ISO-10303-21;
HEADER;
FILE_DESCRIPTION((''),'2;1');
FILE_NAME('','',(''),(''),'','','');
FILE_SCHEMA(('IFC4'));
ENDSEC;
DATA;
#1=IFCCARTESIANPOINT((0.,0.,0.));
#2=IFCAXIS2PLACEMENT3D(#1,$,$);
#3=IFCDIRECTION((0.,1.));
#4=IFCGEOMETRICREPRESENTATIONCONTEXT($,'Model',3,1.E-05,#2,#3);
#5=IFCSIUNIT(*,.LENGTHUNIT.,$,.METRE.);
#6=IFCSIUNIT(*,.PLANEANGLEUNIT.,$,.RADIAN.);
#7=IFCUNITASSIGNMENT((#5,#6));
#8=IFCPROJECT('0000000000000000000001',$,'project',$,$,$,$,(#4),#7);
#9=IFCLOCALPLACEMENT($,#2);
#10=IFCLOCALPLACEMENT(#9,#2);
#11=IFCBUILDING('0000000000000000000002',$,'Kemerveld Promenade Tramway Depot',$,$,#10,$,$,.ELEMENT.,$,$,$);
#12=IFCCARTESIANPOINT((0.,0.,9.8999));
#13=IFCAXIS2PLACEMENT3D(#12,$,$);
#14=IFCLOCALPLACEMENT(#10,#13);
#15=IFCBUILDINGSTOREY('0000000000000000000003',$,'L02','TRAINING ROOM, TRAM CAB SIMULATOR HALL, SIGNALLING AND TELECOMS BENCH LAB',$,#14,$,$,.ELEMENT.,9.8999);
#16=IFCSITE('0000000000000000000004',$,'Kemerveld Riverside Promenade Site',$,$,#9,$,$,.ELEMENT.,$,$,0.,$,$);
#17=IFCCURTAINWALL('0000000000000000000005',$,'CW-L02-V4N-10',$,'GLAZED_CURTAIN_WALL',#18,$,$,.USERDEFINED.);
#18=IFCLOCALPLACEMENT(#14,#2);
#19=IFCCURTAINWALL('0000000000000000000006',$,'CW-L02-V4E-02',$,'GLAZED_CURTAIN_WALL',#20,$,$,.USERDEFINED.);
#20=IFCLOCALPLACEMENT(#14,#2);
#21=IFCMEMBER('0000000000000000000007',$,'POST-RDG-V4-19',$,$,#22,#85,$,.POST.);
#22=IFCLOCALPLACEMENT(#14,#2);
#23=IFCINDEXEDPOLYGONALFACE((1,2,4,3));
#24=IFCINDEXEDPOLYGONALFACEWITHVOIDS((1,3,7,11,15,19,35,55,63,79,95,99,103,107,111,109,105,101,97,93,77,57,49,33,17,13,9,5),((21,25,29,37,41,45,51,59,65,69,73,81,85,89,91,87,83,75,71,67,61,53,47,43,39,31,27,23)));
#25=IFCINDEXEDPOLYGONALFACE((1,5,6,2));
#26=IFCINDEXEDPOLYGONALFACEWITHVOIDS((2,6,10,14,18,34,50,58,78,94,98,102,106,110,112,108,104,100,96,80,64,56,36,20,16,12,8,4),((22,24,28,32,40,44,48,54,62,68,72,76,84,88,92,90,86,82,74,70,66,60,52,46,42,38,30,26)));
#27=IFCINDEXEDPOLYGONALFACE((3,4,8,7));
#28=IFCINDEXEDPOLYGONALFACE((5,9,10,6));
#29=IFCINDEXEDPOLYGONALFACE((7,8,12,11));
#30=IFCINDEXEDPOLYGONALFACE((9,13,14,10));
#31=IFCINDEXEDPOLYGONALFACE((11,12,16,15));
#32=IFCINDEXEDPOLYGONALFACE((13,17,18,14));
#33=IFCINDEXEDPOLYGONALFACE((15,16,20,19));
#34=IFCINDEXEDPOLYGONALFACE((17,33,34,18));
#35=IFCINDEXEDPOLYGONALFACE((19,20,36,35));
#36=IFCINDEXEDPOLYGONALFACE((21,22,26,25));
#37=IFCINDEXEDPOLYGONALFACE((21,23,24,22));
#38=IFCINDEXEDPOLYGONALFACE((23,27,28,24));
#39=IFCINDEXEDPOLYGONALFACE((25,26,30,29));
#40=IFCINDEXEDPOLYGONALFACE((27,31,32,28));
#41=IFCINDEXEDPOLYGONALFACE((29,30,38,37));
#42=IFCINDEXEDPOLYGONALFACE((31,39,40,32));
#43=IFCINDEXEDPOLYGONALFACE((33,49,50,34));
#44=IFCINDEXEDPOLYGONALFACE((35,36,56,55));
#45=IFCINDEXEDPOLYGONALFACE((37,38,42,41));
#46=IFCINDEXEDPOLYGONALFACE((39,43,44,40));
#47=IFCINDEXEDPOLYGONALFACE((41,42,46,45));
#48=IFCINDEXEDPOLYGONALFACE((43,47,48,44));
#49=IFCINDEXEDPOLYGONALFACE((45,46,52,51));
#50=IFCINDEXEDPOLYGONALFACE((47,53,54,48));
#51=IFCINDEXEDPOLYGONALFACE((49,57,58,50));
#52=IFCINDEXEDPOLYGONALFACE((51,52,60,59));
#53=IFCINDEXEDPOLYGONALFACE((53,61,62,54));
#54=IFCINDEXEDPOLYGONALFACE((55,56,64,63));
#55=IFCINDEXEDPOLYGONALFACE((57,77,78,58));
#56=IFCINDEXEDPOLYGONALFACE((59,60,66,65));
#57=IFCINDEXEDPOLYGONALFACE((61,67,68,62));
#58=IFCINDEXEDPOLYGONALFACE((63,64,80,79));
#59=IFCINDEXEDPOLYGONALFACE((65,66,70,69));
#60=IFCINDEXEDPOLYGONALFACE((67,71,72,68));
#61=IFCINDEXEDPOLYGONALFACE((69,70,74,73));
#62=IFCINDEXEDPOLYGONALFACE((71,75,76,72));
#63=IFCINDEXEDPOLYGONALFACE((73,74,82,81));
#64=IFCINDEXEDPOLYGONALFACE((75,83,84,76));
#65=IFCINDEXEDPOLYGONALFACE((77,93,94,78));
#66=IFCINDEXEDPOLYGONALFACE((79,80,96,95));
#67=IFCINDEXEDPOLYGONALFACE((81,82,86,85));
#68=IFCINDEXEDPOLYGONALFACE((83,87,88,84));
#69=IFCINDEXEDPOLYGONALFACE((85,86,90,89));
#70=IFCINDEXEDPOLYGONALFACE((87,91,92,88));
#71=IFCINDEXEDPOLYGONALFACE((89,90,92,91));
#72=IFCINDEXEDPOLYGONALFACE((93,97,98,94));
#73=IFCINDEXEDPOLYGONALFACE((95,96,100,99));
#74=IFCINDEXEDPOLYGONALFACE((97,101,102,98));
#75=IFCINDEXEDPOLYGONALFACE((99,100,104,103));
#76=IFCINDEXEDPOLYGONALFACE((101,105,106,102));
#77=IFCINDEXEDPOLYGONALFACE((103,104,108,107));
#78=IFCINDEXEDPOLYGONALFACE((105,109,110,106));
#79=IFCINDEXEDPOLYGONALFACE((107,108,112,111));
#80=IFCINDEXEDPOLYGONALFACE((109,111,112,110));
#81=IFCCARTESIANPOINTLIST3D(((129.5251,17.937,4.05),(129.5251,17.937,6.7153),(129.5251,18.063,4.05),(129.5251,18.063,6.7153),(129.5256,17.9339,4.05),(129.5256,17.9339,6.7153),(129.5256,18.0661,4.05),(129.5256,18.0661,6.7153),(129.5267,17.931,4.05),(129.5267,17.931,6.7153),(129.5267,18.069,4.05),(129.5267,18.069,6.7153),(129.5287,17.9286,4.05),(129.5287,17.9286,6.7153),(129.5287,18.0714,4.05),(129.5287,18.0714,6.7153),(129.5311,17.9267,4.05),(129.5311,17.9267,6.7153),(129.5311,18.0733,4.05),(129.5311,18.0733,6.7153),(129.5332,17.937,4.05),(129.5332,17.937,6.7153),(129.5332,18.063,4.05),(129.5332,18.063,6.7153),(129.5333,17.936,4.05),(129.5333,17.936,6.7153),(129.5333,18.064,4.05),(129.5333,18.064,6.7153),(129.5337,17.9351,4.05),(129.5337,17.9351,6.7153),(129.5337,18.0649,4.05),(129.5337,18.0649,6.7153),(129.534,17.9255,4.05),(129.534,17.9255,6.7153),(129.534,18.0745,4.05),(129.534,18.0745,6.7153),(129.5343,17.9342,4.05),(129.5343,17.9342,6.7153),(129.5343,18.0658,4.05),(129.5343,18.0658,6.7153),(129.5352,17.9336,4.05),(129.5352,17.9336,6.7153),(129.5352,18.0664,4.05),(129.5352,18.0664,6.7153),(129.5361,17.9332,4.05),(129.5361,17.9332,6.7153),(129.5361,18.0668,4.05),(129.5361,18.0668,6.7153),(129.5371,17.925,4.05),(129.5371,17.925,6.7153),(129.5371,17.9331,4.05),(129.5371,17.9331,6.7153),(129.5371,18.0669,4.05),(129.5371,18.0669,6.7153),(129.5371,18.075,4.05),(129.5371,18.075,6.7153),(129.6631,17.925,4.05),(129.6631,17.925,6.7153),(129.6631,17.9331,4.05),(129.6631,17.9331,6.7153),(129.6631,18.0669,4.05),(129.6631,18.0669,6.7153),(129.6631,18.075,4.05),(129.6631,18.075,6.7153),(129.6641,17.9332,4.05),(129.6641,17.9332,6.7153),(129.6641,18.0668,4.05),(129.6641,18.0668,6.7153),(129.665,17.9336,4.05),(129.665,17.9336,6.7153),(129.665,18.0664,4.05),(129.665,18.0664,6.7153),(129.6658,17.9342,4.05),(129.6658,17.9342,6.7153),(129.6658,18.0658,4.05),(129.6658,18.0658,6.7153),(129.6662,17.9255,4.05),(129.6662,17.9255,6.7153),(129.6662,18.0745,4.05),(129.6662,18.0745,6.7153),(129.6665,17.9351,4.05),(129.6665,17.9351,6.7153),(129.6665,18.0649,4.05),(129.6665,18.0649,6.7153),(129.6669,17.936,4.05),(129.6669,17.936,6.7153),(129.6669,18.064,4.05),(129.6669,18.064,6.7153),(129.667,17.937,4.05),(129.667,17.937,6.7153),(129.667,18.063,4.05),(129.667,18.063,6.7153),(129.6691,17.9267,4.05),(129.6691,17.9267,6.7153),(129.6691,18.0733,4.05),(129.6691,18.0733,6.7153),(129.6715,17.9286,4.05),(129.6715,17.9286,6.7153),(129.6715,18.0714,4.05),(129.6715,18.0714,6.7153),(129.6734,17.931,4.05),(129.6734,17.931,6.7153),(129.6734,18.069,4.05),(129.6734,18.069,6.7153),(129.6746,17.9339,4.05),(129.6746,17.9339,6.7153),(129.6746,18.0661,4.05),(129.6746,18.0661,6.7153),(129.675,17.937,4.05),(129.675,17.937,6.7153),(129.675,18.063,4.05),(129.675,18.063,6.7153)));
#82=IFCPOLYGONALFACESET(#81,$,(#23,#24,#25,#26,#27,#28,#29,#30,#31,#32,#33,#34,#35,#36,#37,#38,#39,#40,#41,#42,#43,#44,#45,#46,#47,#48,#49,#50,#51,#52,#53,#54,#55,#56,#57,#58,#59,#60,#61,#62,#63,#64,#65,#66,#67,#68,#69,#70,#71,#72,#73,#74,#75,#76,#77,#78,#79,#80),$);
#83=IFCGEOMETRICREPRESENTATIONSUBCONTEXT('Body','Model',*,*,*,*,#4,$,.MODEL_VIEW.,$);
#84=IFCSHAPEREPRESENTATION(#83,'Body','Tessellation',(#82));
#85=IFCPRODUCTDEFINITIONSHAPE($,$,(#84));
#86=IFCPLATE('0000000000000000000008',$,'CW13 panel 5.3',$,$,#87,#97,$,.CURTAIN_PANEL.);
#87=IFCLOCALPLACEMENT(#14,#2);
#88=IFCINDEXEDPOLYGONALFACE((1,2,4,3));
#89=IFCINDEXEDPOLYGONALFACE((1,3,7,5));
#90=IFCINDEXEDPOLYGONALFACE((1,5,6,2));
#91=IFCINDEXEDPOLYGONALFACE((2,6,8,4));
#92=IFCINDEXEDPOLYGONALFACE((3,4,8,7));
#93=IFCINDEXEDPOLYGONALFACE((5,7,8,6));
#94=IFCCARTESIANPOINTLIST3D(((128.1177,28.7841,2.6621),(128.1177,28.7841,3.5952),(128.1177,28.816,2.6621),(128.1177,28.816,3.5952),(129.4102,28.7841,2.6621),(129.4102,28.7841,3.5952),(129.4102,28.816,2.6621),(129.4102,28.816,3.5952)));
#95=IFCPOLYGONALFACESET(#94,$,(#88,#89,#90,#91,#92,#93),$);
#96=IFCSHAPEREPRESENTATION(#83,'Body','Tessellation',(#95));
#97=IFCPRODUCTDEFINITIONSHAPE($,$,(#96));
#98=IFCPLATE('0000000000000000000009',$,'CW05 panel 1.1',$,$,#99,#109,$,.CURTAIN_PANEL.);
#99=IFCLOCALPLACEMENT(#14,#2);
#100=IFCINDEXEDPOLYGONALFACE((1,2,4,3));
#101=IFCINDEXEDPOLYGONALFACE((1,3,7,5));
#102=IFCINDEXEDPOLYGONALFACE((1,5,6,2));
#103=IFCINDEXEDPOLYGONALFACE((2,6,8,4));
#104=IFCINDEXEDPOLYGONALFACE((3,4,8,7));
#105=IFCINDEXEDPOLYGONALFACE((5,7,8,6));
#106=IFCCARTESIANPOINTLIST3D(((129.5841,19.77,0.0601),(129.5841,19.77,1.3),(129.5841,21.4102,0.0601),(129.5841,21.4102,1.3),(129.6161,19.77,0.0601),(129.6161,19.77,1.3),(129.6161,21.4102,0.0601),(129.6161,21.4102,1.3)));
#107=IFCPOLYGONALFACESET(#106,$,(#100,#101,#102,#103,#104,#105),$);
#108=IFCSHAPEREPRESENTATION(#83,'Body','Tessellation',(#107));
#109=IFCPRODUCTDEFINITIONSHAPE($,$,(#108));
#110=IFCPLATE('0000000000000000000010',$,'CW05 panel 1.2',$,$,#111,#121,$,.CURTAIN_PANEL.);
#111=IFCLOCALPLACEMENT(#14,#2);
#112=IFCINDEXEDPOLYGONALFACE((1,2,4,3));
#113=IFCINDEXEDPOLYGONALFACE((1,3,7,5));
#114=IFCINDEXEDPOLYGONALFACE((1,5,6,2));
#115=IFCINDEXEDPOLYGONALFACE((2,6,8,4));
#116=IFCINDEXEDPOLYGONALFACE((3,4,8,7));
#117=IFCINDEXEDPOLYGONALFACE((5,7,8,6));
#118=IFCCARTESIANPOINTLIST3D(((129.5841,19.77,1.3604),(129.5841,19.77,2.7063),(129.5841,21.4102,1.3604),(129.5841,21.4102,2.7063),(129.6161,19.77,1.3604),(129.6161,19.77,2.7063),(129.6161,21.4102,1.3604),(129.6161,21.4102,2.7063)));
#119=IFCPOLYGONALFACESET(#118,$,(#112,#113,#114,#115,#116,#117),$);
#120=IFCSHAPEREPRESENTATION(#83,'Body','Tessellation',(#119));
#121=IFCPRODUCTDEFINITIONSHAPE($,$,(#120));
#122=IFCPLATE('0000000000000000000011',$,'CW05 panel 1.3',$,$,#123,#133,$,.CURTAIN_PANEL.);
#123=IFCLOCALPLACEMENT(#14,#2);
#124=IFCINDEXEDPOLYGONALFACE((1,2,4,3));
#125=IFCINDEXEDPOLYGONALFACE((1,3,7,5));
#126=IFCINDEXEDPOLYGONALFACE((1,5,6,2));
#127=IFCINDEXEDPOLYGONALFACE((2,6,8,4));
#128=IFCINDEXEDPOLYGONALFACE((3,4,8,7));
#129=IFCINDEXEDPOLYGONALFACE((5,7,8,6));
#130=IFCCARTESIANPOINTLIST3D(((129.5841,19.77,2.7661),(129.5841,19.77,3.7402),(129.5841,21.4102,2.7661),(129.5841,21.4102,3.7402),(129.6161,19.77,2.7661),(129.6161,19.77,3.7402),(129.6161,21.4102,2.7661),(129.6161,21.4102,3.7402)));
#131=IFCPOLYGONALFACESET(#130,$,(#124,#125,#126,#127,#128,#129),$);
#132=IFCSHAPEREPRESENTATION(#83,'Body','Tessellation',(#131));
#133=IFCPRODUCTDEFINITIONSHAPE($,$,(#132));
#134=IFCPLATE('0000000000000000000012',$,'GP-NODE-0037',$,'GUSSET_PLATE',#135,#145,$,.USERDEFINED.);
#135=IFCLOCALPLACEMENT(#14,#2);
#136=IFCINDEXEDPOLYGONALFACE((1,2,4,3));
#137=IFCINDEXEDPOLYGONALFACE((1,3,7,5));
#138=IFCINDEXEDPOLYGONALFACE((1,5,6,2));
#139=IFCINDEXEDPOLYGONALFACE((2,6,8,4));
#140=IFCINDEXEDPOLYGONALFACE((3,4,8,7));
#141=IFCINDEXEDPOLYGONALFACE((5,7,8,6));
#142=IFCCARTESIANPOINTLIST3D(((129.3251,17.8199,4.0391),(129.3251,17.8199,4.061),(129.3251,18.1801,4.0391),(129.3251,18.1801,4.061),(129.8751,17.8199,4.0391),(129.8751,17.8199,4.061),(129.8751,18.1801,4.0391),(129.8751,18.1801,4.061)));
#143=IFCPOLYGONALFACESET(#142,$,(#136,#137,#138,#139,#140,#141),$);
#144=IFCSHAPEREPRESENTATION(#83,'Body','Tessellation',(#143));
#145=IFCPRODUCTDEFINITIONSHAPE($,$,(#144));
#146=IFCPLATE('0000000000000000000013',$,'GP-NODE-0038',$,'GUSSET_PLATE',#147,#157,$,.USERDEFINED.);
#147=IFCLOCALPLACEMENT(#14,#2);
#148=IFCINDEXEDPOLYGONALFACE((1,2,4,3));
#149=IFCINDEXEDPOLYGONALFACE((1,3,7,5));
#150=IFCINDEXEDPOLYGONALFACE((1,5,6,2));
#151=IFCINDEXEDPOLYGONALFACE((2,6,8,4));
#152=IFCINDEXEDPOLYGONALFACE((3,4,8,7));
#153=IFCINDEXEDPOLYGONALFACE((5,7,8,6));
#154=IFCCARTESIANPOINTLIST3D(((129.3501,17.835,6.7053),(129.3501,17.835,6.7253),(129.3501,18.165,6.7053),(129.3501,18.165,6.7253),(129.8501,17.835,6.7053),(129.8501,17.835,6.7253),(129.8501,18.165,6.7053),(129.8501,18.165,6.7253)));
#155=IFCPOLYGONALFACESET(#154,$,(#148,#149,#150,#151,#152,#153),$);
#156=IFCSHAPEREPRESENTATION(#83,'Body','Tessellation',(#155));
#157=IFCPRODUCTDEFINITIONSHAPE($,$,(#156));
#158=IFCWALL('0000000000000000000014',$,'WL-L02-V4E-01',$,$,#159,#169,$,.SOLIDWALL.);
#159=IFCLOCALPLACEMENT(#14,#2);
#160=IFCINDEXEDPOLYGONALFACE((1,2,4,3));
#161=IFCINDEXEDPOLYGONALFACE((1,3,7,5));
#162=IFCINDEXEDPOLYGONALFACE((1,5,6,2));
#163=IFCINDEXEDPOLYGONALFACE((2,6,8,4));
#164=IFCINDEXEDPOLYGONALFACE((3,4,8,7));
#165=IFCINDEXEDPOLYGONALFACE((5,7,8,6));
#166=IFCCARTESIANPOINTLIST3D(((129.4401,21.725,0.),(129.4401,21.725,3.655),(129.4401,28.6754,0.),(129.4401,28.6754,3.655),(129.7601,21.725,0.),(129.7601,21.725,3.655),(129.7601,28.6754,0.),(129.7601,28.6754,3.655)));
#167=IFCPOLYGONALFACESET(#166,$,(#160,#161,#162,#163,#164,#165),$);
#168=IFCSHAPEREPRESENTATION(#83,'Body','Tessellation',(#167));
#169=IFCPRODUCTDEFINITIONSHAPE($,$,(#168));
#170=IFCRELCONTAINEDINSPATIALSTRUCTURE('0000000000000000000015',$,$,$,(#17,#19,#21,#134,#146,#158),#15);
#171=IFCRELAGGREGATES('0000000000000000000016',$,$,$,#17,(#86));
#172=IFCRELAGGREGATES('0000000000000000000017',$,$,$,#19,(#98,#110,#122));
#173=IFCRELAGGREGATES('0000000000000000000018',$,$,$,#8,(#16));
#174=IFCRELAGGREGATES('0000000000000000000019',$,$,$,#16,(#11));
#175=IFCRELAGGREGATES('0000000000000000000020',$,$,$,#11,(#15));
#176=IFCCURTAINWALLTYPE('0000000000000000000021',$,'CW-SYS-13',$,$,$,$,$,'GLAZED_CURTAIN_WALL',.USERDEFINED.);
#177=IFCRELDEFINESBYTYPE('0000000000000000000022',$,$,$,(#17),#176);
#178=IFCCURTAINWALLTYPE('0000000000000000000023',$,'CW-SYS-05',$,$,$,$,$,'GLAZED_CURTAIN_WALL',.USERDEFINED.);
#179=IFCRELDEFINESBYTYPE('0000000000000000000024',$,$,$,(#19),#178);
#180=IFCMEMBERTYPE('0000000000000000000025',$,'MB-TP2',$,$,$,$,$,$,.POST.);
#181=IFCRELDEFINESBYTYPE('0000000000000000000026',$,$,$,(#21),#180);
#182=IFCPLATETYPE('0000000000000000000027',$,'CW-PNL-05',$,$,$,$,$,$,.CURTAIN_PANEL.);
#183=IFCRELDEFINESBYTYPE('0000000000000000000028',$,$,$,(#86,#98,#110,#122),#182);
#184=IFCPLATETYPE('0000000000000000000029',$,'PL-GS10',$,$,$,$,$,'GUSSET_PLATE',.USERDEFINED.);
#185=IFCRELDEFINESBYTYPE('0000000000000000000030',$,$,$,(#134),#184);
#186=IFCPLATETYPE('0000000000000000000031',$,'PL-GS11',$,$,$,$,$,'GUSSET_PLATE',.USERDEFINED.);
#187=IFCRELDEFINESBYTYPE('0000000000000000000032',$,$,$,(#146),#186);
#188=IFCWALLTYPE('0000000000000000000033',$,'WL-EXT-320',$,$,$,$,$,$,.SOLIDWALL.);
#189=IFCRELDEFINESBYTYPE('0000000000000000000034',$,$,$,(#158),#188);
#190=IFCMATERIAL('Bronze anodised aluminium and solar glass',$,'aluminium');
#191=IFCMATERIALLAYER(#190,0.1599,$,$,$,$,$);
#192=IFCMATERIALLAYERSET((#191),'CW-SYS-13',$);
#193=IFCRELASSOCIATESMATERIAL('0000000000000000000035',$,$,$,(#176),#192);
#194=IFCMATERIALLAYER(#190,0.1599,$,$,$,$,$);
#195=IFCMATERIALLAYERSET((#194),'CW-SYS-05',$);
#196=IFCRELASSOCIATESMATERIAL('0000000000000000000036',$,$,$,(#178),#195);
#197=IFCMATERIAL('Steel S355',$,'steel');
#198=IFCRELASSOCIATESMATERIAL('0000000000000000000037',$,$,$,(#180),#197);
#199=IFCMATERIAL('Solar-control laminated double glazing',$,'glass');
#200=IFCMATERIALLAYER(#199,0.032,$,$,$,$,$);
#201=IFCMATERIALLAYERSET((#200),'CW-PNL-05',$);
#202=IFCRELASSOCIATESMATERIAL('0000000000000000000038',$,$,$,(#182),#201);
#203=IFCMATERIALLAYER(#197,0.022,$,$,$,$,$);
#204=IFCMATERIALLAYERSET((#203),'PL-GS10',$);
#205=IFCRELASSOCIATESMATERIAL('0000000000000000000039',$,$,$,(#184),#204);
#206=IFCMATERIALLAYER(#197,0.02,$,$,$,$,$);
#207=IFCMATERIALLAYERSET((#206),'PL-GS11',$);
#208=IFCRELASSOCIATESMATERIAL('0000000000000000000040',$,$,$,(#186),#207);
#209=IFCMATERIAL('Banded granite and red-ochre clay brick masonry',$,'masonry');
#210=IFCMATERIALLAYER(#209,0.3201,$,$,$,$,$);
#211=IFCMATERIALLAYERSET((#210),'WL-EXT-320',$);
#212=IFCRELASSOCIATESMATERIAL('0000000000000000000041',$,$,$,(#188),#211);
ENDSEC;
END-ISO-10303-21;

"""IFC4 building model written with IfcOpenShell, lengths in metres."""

from ifc_helpers import new_model, si_unit, direction, frame, frame_2d, origin, origin_2d, place, context, subcontext, project, spatial, rectangle, hollow_rectangle, extrude, material, layer, layer_set, material_profile, profile_set, type_object, element, aggregate, save


model = new_model("IFC4")

# Units and contexts
model_context = context("Model", 3, precision=1e-05, world=origin(), true_north=direction((0.0, 1.0)))
body_context = subcontext(model_context, "Body", "Model", "MODEL_VIEW")
ifc_project = project(units=[si_unit("LENGTHUNIT", "METRE"), si_unit("PLANEANGLEUNIT", "RADIAN")], contexts=[model_context])

# Site, building, storey
site_placement = place(None, origin())
site = spatial("IfcSite", under=ifc_project, at=site_placement, Name="Kemerveld Riverside Promenade Site", CompositionType="ELEMENT", RefElevation=0.0)
building_placement = place(site_placement, origin())
building = spatial("IfcBuilding", under=site, at=building_placement, Name="Kemerveld Promenade Tramway Depot", CompositionType="ELEMENT")
storey_placement = place(building_placement, frame((0.0, 0.0, 9.8999)))
storey = spatial("IfcBuildingStorey", under=building, at=storey_placement, Name="L02", Description="TRAINING ROOM, TRAM CAB SIMULATOR HALL, SIGNALLING AND TELECOMS BENCH LAB", CompositionType="ELEMENT", Elevation=9.8999)

# Shared definitions
ifc_material_1 = material(Name="Steel S355", Category="steel")

# Curtain wall
ifc_material_2 = material(Name="Bronze anodised aluminium and solar glass", Category="aluminium")
ifc_layer_1 = layer(ifc_material_2, 0.1599)
ifc_layer_set_1 = layer_set([ifc_layer_1], Name="CW-SYS-13")
curtain_wall_type_1 = type_object("IfcCurtainWallType", Name="CW-SYS-13", ElementType="GLAZED_CURTAIN_WALL", PredefinedType="USERDEFINED", material=ifc_layer_set_1)
curtain_wall_1_placement = place(storey_placement, origin())
curtain_wall_1 = element("IfcCurtainWall", 1, at=curtain_wall_1_placement, inside=storey, type_object=curtain_wall_type_1, Name="CW-L02-V4N-10", ObjectType="GLAZED_CURTAIN_WALL", PredefinedType="USERDEFINED")

# Curtain wall
ifc_layer_2 = layer(ifc_material_2, 0.1599)
ifc_layer_set_2 = layer_set([ifc_layer_2], Name="CW-SYS-05")
curtain_wall_type_2 = type_object("IfcCurtainWallType", Name="CW-SYS-05", ElementType="GLAZED_CURTAIN_WALL", PredefinedType="USERDEFINED", material=ifc_layer_set_2)
curtain_wall_2_placement = place(storey_placement, origin())
curtain_wall_2 = element("IfcCurtainWall", 2, at=curtain_wall_2_placement, inside=storey, type_object=curtain_wall_type_2, Name="CW-L02-V4E-02", ObjectType="GLAZED_CURTAIN_WALL", PredefinedType="USERDEFINED")

# Member
ifc_material_profile_1 = material_profile(ifc_material_1, hollow_rectangle(XDim=0.1499, YDim=0.1499, WallThickness=0.0081, InnerFilletRadius=0.0039, OuterFilletRadius=0.012, at=origin_2d()), Name="150x150x8.0 SHS")
ifc_profile_set_1 = profile_set([ifc_material_profile_1], Name="Steel S355")
member_type_1 = type_object("IfcMemberType", Name="MB-TP2", PredefinedType="POST", material=ifc_profile_set_1)
member_1_placement = place(storey_placement, frame((129.6001, 18.0, 4.05), z_axis=(0.0, 0.0, 1.0), x_axis=(1.0, 0.0, 0.0)))
element("IfcMember", 3, at=member_1_placement, inside=storey, type_object=member_type_1, Name="POST-RDG-V4-19", PredefinedType="POST", context=body_context, shape_type="SweptSolid", body=[
    extrude(hollow_rectangle(XDim=0.1499, YDim=0.1499, WallThickness=0.0081, InnerFilletRadius=0.0039, OuterFilletRadius=0.012, at=origin_2d()), origin(), (0.0, 0.0, 1.0), 2.6653),
])

# Plates
ifc_material_3 = material(Name="Solar-control laminated double glazing", Category="glass")
ifc_layer_3 = layer(ifc_material_3, 0.032)
ifc_layer_set_3 = layer_set([ifc_layer_3], Name="CW-PNL-05")
plate_type_1 = type_object("IfcPlateType", Name="CW-PNL-05", PredefinedType="CURTAIN_PANEL", material=ifc_layer_set_3)
plate_1_placement = place(storey_placement, frame((128.7639, 28.8, 2.6621), z_axis=(0.0, 0.0, 1.0), x_axis=(1.0, 0.0, 0.0)))
plate_1 = element("IfcPlate", 4, at=plate_1_placement, type_object=plate_type_1, Name="CW13 panel 5.3", PredefinedType="CURTAIN_PANEL", context=body_context, shape_type="SweptSolid", body=[
    extrude(rectangle(XDim=1.2925, YDim=0.032, at=origin_2d()), origin(), (0.0, 0.0, 1.0), 0.9331),
])
aggregate(curtain_wall_1, [plate_1])
plate_2_placement = place(storey_placement, frame((129.6001, 20.5901, 0.0601), z_axis=(0.0, 0.0, 1.0), x_axis=(0.0, -1.0, 0.0)))
plate_2 = element("IfcPlate", 5, at=plate_2_placement, type_object=plate_type_1, Name="CW05 panel 1.1", PredefinedType="CURTAIN_PANEL", context=body_context, shape_type="SweptSolid", body=[
    extrude(rectangle(XDim=1.6401, YDim=0.032, at=origin_2d()), origin(), (0.0, 0.0, 1.0), 1.24),
])
plate_3_placement = place(storey_placement, frame((129.6001, 20.5901, 1.3604), z_axis=(0.0, 0.0, 1.0), x_axis=(0.0, -1.0, 0.0)))
plate_3 = element("IfcPlate", 6, at=plate_3_placement, type_object=plate_type_1, Name="CW05 panel 1.2", PredefinedType="CURTAIN_PANEL", context=body_context, shape_type="SweptSolid", body=[
    extrude(rectangle(XDim=1.6401, YDim=0.032, at=origin_2d()), origin(), (0.0, 0.0, 1.0), 1.3459),
])
plate_4_placement = place(storey_placement, frame((129.6001, 20.5901, 2.7661), z_axis=(0.0, 0.0, 1.0), x_axis=(0.0, -1.0, 0.0)))
plate_4 = element("IfcPlate", 7, at=plate_4_placement, type_object=plate_type_1, Name="CW05 panel 1.3", PredefinedType="CURTAIN_PANEL", context=body_context, shape_type="SweptSolid", body=[
    extrude(rectangle(XDim=1.6401, YDim=0.032, at=origin_2d()), origin(), (0.0, 0.0, 1.0), 0.9741),
])
aggregate(curtain_wall_2, [plate_2, plate_3, plate_4])

# Plates
ifc_layer_4 = layer(ifc_material_1, 0.022)
ifc_layer_set_4 = layer_set([ifc_layer_4], Name="PL-GS10")
plate_type_2 = type_object("IfcPlateType", Name="PL-GS10", ElementType="GUSSET_PLATE", PredefinedType="USERDEFINED", material=ifc_layer_set_4)
plate_5_placement = place(storey_placement, frame((129.6001, 18.0, 4.0391), z_axis=(0.0, 0.0, 1.0), x_axis=(1.0, 0.0, 0.0)))
element("IfcPlate", 8, at=plate_5_placement, inside=storey, type_object=plate_type_2, Name="GP-NODE-0037", ObjectType="GUSSET_PLATE", PredefinedType="USERDEFINED", context=body_context, shape_type="SweptSolid", body=[
    extrude(rectangle(XDim=0.55, YDim=0.3601, at=origin_2d()), origin(), (0.0, 0.0, 1.0), 0.022),
])
ifc_layer_5 = layer(ifc_material_1, 0.02)
ifc_layer_set_5 = layer_set([ifc_layer_5], Name="PL-GS11")
plate_type_3 = type_object("IfcPlateType", Name="PL-GS11", ElementType="GUSSET_PLATE", PredefinedType="USERDEFINED", material=ifc_layer_set_5)
plate_6_placement = place(storey_placement, frame((129.6001, 18.0, 6.7053), z_axis=(0.0, 0.0, 1.0), x_axis=(1.0, 0.0, 0.0)))
element("IfcPlate", 9, at=plate_6_placement, inside=storey, type_object=plate_type_3, Name="GP-NODE-0038", ObjectType="GUSSET_PLATE", PredefinedType="USERDEFINED", context=body_context, shape_type="SweptSolid", body=[
    extrude(rectangle(XDim=0.5, YDim=0.3301, at=origin_2d()), origin(), (0.0, 0.0, 1.0), 0.02),
])

# Shared definitions
ifc_material_4 = material(Name="Banded granite and red-ochre clay brick masonry", Category="masonry")
ifc_layer_6 = layer(ifc_material_4, 0.3201)
ifc_layer_set_6 = layer_set([ifc_layer_6], Name="WL-EXT-320")
wall_type = type_object("IfcWallType", Name="WL-EXT-320", PredefinedType="SOLIDWALL", material=ifc_layer_set_6)

# Wall
wall_1_placement = place(storey_placement, frame((129.6001, 28.6753, 0.0), z_axis=(0.0, 0.0, 1.0), x_axis=(0.0, -1.0, 0.0)))
element("IfcWall", 10, at=wall_1_placement, inside=storey, type_object=wall_type, Name="WL-L02-V4E-01", PredefinedType="SOLIDWALL", context=body_context, shape_type="SweptSolid", body=[
    extrude(rectangle(XDim=6.9504, YDim=0.3201, at=frame_2d((3.4751, 0.0))), origin(), (0.0, 0.0, 1.0), 3.655),
])

save(model, "model.ifc")
